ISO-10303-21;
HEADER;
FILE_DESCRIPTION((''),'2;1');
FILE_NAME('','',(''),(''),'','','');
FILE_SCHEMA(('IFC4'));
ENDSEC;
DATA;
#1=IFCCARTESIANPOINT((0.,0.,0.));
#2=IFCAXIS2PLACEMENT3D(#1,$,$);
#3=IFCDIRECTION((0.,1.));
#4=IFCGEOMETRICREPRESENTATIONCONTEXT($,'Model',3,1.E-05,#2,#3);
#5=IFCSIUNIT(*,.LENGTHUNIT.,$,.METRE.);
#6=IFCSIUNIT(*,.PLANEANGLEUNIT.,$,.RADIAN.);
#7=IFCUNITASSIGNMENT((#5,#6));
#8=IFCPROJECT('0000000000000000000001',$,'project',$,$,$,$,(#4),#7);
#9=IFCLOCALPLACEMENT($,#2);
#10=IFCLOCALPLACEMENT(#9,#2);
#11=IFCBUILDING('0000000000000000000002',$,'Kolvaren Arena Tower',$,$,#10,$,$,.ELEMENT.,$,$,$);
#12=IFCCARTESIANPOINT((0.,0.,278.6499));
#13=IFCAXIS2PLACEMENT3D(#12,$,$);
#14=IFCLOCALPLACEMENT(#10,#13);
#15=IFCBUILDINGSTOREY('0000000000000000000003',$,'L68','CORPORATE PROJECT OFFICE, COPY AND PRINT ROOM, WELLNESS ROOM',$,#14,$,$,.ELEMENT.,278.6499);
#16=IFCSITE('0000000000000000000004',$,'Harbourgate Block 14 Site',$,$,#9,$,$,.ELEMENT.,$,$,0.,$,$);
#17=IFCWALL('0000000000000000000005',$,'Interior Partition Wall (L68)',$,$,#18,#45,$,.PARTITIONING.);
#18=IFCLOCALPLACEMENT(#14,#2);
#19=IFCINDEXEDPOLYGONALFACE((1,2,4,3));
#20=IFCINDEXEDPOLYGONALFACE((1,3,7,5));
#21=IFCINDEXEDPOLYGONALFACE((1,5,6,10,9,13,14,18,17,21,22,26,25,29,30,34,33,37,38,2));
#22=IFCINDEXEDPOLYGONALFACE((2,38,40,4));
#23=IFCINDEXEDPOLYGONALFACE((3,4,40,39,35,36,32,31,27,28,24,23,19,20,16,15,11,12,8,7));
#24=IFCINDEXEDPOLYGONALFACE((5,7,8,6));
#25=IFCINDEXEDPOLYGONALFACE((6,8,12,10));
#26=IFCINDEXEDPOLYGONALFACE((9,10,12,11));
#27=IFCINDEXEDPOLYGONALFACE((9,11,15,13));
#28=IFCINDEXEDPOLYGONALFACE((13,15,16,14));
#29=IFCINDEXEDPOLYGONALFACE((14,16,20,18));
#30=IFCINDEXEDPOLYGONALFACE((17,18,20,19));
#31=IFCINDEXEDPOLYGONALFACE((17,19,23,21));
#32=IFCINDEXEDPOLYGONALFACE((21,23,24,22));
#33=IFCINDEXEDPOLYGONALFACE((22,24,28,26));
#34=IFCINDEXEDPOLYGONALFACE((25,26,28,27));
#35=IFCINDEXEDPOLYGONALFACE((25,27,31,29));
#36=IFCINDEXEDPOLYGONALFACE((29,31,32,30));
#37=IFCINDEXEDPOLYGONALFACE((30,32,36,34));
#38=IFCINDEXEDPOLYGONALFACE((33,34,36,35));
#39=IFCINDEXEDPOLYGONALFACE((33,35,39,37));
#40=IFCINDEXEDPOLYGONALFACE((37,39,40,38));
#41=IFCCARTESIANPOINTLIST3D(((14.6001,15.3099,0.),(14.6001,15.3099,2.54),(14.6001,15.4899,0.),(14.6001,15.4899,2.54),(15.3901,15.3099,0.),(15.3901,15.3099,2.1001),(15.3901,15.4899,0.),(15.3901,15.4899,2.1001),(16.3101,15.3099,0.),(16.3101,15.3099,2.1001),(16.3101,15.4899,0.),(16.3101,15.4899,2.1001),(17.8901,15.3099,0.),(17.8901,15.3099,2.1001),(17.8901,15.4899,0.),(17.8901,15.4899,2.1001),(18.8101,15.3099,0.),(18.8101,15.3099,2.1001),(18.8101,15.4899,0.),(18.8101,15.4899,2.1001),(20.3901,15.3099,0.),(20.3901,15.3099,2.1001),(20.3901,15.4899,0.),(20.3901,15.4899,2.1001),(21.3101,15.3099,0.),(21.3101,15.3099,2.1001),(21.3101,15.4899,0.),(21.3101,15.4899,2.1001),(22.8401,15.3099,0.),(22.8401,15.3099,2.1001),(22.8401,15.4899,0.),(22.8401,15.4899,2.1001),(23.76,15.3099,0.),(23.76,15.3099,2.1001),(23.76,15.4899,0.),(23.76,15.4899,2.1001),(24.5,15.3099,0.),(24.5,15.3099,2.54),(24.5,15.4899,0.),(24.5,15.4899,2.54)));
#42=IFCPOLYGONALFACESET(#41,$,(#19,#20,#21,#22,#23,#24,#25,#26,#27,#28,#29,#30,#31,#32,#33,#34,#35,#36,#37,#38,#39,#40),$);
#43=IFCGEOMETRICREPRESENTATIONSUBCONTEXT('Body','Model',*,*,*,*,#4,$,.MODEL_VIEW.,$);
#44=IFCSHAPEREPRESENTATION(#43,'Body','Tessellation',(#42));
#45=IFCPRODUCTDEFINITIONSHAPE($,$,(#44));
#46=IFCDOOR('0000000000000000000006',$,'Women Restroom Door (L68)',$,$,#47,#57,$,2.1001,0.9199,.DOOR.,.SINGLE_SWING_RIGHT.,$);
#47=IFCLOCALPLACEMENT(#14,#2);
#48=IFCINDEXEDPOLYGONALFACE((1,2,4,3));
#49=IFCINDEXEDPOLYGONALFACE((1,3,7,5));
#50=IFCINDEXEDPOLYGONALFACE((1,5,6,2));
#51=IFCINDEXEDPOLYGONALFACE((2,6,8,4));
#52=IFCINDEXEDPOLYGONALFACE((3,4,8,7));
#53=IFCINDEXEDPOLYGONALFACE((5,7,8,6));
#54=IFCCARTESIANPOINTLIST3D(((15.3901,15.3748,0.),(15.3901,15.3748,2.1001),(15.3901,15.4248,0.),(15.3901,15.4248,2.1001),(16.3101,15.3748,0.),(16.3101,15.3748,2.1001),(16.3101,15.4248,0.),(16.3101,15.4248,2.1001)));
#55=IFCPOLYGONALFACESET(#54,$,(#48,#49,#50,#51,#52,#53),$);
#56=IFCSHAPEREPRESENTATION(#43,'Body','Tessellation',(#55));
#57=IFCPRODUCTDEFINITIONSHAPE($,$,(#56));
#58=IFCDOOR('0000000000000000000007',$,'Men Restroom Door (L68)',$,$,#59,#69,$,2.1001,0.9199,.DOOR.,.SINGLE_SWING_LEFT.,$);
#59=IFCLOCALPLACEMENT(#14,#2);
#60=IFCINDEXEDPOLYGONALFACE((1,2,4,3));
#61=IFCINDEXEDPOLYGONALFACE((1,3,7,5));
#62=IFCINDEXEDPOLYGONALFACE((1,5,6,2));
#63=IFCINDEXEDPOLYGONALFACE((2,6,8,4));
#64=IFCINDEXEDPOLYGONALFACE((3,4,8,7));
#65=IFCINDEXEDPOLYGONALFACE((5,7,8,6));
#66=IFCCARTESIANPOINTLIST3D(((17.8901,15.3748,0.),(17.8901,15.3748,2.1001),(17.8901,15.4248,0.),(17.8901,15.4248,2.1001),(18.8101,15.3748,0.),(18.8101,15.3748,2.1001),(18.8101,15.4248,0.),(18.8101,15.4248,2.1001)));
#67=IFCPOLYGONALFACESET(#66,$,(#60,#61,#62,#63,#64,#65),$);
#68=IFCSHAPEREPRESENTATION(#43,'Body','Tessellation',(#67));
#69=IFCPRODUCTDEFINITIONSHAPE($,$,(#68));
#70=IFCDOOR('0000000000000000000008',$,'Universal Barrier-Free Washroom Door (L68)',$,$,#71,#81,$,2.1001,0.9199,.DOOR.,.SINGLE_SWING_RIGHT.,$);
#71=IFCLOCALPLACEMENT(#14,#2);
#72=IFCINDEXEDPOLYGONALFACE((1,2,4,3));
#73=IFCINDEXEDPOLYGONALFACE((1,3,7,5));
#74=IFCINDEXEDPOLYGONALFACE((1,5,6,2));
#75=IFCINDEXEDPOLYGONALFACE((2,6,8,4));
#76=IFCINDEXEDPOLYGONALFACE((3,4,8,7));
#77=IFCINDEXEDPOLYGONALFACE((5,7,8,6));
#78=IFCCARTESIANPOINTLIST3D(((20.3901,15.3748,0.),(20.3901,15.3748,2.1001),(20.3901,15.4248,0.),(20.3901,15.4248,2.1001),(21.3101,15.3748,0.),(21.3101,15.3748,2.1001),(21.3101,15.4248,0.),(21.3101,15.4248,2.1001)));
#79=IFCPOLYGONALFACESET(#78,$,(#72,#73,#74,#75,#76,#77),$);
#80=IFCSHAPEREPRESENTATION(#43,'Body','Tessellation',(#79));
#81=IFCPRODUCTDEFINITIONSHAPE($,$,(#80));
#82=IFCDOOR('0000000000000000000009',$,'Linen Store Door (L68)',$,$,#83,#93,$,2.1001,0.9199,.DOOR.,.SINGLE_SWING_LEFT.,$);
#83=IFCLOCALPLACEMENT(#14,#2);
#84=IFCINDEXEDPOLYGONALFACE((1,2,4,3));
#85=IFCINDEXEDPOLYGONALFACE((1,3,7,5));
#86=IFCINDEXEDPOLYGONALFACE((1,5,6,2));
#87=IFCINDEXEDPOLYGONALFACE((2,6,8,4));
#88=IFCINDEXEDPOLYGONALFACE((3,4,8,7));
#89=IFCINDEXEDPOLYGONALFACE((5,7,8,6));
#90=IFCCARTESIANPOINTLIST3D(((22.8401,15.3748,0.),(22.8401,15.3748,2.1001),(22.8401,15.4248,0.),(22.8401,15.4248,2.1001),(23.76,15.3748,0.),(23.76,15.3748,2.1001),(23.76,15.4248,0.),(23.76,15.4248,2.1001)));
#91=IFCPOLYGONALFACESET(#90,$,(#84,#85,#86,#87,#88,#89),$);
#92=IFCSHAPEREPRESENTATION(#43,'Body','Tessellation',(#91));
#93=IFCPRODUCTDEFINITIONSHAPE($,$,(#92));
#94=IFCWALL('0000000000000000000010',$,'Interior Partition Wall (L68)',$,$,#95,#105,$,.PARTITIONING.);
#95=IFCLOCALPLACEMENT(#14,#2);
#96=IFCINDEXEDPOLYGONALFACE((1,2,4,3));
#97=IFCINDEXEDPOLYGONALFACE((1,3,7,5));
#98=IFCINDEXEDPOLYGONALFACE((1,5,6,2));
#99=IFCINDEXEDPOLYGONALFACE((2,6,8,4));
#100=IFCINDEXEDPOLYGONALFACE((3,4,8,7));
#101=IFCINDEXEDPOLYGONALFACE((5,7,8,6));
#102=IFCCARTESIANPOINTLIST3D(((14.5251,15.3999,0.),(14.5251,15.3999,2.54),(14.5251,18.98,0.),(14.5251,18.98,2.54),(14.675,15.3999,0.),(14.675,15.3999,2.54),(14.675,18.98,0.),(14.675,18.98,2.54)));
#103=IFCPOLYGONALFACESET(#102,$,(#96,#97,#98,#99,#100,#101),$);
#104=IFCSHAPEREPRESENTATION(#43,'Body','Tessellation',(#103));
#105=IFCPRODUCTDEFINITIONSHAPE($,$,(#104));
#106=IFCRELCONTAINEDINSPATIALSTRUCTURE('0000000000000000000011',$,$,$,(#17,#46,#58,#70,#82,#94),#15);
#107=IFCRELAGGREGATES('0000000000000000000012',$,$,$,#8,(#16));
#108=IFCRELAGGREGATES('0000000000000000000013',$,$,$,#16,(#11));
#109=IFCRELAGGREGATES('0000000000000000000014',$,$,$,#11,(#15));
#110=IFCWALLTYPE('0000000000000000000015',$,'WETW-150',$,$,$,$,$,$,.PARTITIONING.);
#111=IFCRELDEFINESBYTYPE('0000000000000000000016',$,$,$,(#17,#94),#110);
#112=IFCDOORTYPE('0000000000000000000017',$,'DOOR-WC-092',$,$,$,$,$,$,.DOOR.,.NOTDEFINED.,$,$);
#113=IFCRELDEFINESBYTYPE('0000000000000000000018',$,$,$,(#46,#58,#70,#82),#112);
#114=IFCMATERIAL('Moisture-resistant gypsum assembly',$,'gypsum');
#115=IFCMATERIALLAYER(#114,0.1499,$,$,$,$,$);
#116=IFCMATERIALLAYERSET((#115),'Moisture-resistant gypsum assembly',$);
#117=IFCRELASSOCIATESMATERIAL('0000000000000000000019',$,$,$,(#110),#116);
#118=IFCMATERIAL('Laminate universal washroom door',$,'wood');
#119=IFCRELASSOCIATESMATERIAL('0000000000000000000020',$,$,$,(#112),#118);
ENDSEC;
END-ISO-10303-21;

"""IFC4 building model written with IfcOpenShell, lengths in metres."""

from ifc_helpers import new_model, si_unit, direction, frame, frame_2d, origin, place, context, subcontext, project, spatial, rectangle, extrude, material, layer, layer_set, type_object, element, fill, save


model = new_model("IFC4")

# Units and contexts
model_context = context("Model", 3, precision=1e-05, world=origin(), true_north=direction((0.0, 1.0)))
body_context = subcontext(model_context, "Body", "Model", "MODEL_VIEW")
ifc_project = project(units=[si_unit("LENGTHUNIT", "METRE"), si_unit("PLANEANGLEUNIT", "RADIAN")], contexts=[model_context])

# Site, building, storey
site_placement = place(None, origin())
site = spatial("IfcSite", under=ifc_project, at=site_placement, Name="Harbourgate Block 14 Site", CompositionType="ELEMENT", RefElevation=0.0)
building_placement = place(site_placement, origin())
building = spatial("IfcBuilding", under=site, at=building_placement, Name="Kolvaren Arena Tower", CompositionType="ELEMENT")
storey_placement = place(building_placement, frame((0.0, 0.0, 278.6499)))
storey = spatial("IfcBuildingStorey", under=building, at=storey_placement, Name="L68", Description="CORPORATE PROJECT OFFICE, COPY AND PRINT ROOM, WELLNESS ROOM", CompositionType="ELEMENT", Elevation=278.6499)

# Wall, openings, doors
ifc_material_1 = material(Name="Moisture-resistant gypsum assembly", Category="gypsum")
ifc_layer_1 = layer(ifc_material_1, 0.1499)
ifc_layer_set_1 = layer_set([ifc_layer_1], Name="Moisture-resistant gypsum assembly")
wall_type_1 = type_object("IfcWallType", Name="WETW-150", PredefinedType="PARTITIONING", material=ifc_layer_set_1)
wall_1_placement = place(storey_placement, frame((14.6001, 15.3999, 0.0), z_axis=(0.0, 0.0, 1.0), x_axis=(1.0, 0.0, 0.0)))
wall_1 = element("IfcWall", 1, at=wall_1_placement, inside=storey, type_object=wall_type_1, Name="Interior Partition Wall (L68)", PredefinedType="PARTITIONING", context=body_context, shape_type="SweptSolid", body=[
    extrude(rectangle(XDim=9.8999, YDim=0.1799, at=frame_2d((4.95, 0.0))), origin(), (0.0, 0.0, 1.0), 2.54),
])
opening_1_placement = place(wall_1_placement, frame((0.79, 0.0, 0.0)))
opening_1 = element("IfcOpeningElement", 2, at=opening_1_placement, cuts=wall_1, PredefinedType="OPENING", context=body_context, shape_type="SweptSolid", body=[
    extrude(rectangle(XDim=0.9199, YDim=2.1001, at=frame_2d((0.46, 1.05))), frame((0.0, 0.0999, 0.0), z_axis=(0.0, -1.0, 0.0), x_axis=(1.0, 0.0, 0.0)), (0.0, 0.0, 1.0), 0.2),
])
opening_2_placement = place(wall_1_placement, frame((3.29, 0.0, 0.0)))
opening_2 = element("IfcOpeningElement", 3, at=opening_2_placement, cuts=wall_1, PredefinedType="OPENING", context=body_context, shape_type="SweptSolid", body=[
    extrude(rectangle(XDim=0.9199, YDim=2.1001, at=frame_2d((0.46, 1.05))), frame((0.0, 0.0999, 0.0), z_axis=(0.0, -1.0, 0.0), x_axis=(1.0, 0.0, 0.0)), (0.0, 0.0, 1.0), 0.2),
])
opening_3_placement = place(wall_1_placement, frame((5.79, 0.0, 0.0)))
opening_3 = element("IfcOpeningElement", 4, at=opening_3_placement, cuts=wall_1, PredefinedType="OPENING", context=body_context, shape_type="SweptSolid", body=[
    extrude(rectangle(XDim=0.9199, YDim=2.1001, at=frame_2d((0.46, 1.05))), frame((0.0, 0.0999, 0.0), z_axis=(0.0, -1.0, 0.0), x_axis=(1.0, 0.0, 0.0)), (0.0, 0.0, 1.0), 0.2),
])
opening_4_placement = place(wall_1_placement, frame((8.24, 0.0, 0.0)))
opening_4 = element("IfcOpeningElement", 5, at=opening_4_placement, cuts=wall_1, PredefinedType="OPENING", context=body_context, shape_type="SweptSolid", body=[
    extrude(rectangle(XDim=0.9199, YDim=2.1001, at=frame_2d((0.46, 1.05))), frame((0.0, 0.0999, 0.0), z_axis=(0.0, -1.0, 0.0), x_axis=(1.0, 0.0, 0.0)), (0.0, 0.0, 1.0), 0.2),
])
ifc_material_2 = material(Name="Laminate universal washroom door", Category="wood")
door_type_1 = type_object("IfcDoorType", Name="DOOR-WC-092", OperationType="NOTDEFINED", PredefinedType="DOOR", material=ifc_material_2)
door_1_placement = place(opening_1_placement, origin())
door_1 = element("IfcDoor", 6, at=door_1_placement, inside=storey, type_object=door_type_1, Name="Women Restroom Door (L68)", OperationType="SINGLE_SWING_RIGHT", OverallHeight=2.1001, OverallWidth=0.9199, PredefinedType="DOOR", context=body_context, shape_type="SweptSolid", body=[
    extrude(rectangle(XDim=0.9199, YDim=2.1001, at=frame_2d((0.46, 1.05))), frame((0.0, 0.0249, 0.0), z_axis=(0.0, -1.0, 0.0), x_axis=(1.0, 0.0, 0.0)), (0.0, 0.0, 1.0), 0.05),
])
fill(opening_1, door_1)
door_2_placement = place(opening_2_placement, origin())
door_2 = element("IfcDoor", 7, at=door_2_placement, inside=storey, type_object=door_type_1, Name="Men Restroom Door (L68)", OperationType="SINGLE_SWING_LEFT", OverallHeight=2.1001, OverallWidth=0.9199, PredefinedType="DOOR", context=body_context, shape_type="SweptSolid", body=[
    extrude(rectangle(XDim=0.9199, YDim=2.1001, at=frame_2d((0.46, 1.05))), frame((0.0, 0.0249, 0.0), z_axis=(0.0, -1.0, 0.0), x_axis=(1.0, 0.0, 0.0)), (0.0, 0.0, 1.0), 0.05),
])
fill(opening_2, door_2)
door_3_placement = place(opening_3_placement, origin())
door_3 = element("IfcDoor", 8, at=door_3_placement, inside=storey, type_object=door_type_1, Name="Universal Barrier-Free Washroom Door (L68)", OperationType="SINGLE_SWING_RIGHT", OverallHeight=2.1001, OverallWidth=0.9199, PredefinedType="DOOR", context=body_context, shape_type="SweptSolid", body=[
    extrude(rectangle(XDim=0.9199, YDim=2.1001, at=frame_2d((0.46, 1.05))), frame((0.0, 0.0249, 0.0), z_axis=(0.0, -1.0, 0.0), x_axis=(1.0, 0.0, 0.0)), (0.0, 0.0, 1.0), 0.05),
])
fill(opening_3, door_3)
door_4_placement = place(opening_4_placement, origin())
door_4 = element("IfcDoor", 9, at=door_4_placement, inside=storey, type_object=door_type_1, Name="Linen Store Door (L68)", OperationType="SINGLE_SWING_LEFT", OverallHeight=2.1001, OverallWidth=0.9199, PredefinedType="DOOR", context=body_context, shape_type="SweptSolid", body=[
    extrude(rectangle(XDim=0.9199, YDim=2.1001, at=frame_2d((0.46, 1.05))), frame((0.0, 0.0249, 0.0), z_axis=(0.0, -1.0, 0.0), x_axis=(1.0, 0.0, 0.0)), (0.0, 0.0, 1.0), 0.05),
])
fill(opening_4, door_4)

# Wall
wall_2_placement = place(storey_placement, frame((14.6001, 15.3999, 0.0), z_axis=(0.0, 0.0, 1.0), x_axis=(0.0, 1.0, 0.0)))
element("IfcWall", 10, at=wall_2_placement, inside=storey, type_object=wall_type_1, Name="Interior Partition Wall (L68)", PredefinedType="PARTITIONING", context=body_context, shape_type="SweptSolid", body=[
    extrude(rectangle(XDim=3.5801, YDim=0.1499, at=frame_2d((1.79, 0.0))), origin(), (0.0, 0.0, 1.0), 2.54),
])

save(model, "model.ifc")
